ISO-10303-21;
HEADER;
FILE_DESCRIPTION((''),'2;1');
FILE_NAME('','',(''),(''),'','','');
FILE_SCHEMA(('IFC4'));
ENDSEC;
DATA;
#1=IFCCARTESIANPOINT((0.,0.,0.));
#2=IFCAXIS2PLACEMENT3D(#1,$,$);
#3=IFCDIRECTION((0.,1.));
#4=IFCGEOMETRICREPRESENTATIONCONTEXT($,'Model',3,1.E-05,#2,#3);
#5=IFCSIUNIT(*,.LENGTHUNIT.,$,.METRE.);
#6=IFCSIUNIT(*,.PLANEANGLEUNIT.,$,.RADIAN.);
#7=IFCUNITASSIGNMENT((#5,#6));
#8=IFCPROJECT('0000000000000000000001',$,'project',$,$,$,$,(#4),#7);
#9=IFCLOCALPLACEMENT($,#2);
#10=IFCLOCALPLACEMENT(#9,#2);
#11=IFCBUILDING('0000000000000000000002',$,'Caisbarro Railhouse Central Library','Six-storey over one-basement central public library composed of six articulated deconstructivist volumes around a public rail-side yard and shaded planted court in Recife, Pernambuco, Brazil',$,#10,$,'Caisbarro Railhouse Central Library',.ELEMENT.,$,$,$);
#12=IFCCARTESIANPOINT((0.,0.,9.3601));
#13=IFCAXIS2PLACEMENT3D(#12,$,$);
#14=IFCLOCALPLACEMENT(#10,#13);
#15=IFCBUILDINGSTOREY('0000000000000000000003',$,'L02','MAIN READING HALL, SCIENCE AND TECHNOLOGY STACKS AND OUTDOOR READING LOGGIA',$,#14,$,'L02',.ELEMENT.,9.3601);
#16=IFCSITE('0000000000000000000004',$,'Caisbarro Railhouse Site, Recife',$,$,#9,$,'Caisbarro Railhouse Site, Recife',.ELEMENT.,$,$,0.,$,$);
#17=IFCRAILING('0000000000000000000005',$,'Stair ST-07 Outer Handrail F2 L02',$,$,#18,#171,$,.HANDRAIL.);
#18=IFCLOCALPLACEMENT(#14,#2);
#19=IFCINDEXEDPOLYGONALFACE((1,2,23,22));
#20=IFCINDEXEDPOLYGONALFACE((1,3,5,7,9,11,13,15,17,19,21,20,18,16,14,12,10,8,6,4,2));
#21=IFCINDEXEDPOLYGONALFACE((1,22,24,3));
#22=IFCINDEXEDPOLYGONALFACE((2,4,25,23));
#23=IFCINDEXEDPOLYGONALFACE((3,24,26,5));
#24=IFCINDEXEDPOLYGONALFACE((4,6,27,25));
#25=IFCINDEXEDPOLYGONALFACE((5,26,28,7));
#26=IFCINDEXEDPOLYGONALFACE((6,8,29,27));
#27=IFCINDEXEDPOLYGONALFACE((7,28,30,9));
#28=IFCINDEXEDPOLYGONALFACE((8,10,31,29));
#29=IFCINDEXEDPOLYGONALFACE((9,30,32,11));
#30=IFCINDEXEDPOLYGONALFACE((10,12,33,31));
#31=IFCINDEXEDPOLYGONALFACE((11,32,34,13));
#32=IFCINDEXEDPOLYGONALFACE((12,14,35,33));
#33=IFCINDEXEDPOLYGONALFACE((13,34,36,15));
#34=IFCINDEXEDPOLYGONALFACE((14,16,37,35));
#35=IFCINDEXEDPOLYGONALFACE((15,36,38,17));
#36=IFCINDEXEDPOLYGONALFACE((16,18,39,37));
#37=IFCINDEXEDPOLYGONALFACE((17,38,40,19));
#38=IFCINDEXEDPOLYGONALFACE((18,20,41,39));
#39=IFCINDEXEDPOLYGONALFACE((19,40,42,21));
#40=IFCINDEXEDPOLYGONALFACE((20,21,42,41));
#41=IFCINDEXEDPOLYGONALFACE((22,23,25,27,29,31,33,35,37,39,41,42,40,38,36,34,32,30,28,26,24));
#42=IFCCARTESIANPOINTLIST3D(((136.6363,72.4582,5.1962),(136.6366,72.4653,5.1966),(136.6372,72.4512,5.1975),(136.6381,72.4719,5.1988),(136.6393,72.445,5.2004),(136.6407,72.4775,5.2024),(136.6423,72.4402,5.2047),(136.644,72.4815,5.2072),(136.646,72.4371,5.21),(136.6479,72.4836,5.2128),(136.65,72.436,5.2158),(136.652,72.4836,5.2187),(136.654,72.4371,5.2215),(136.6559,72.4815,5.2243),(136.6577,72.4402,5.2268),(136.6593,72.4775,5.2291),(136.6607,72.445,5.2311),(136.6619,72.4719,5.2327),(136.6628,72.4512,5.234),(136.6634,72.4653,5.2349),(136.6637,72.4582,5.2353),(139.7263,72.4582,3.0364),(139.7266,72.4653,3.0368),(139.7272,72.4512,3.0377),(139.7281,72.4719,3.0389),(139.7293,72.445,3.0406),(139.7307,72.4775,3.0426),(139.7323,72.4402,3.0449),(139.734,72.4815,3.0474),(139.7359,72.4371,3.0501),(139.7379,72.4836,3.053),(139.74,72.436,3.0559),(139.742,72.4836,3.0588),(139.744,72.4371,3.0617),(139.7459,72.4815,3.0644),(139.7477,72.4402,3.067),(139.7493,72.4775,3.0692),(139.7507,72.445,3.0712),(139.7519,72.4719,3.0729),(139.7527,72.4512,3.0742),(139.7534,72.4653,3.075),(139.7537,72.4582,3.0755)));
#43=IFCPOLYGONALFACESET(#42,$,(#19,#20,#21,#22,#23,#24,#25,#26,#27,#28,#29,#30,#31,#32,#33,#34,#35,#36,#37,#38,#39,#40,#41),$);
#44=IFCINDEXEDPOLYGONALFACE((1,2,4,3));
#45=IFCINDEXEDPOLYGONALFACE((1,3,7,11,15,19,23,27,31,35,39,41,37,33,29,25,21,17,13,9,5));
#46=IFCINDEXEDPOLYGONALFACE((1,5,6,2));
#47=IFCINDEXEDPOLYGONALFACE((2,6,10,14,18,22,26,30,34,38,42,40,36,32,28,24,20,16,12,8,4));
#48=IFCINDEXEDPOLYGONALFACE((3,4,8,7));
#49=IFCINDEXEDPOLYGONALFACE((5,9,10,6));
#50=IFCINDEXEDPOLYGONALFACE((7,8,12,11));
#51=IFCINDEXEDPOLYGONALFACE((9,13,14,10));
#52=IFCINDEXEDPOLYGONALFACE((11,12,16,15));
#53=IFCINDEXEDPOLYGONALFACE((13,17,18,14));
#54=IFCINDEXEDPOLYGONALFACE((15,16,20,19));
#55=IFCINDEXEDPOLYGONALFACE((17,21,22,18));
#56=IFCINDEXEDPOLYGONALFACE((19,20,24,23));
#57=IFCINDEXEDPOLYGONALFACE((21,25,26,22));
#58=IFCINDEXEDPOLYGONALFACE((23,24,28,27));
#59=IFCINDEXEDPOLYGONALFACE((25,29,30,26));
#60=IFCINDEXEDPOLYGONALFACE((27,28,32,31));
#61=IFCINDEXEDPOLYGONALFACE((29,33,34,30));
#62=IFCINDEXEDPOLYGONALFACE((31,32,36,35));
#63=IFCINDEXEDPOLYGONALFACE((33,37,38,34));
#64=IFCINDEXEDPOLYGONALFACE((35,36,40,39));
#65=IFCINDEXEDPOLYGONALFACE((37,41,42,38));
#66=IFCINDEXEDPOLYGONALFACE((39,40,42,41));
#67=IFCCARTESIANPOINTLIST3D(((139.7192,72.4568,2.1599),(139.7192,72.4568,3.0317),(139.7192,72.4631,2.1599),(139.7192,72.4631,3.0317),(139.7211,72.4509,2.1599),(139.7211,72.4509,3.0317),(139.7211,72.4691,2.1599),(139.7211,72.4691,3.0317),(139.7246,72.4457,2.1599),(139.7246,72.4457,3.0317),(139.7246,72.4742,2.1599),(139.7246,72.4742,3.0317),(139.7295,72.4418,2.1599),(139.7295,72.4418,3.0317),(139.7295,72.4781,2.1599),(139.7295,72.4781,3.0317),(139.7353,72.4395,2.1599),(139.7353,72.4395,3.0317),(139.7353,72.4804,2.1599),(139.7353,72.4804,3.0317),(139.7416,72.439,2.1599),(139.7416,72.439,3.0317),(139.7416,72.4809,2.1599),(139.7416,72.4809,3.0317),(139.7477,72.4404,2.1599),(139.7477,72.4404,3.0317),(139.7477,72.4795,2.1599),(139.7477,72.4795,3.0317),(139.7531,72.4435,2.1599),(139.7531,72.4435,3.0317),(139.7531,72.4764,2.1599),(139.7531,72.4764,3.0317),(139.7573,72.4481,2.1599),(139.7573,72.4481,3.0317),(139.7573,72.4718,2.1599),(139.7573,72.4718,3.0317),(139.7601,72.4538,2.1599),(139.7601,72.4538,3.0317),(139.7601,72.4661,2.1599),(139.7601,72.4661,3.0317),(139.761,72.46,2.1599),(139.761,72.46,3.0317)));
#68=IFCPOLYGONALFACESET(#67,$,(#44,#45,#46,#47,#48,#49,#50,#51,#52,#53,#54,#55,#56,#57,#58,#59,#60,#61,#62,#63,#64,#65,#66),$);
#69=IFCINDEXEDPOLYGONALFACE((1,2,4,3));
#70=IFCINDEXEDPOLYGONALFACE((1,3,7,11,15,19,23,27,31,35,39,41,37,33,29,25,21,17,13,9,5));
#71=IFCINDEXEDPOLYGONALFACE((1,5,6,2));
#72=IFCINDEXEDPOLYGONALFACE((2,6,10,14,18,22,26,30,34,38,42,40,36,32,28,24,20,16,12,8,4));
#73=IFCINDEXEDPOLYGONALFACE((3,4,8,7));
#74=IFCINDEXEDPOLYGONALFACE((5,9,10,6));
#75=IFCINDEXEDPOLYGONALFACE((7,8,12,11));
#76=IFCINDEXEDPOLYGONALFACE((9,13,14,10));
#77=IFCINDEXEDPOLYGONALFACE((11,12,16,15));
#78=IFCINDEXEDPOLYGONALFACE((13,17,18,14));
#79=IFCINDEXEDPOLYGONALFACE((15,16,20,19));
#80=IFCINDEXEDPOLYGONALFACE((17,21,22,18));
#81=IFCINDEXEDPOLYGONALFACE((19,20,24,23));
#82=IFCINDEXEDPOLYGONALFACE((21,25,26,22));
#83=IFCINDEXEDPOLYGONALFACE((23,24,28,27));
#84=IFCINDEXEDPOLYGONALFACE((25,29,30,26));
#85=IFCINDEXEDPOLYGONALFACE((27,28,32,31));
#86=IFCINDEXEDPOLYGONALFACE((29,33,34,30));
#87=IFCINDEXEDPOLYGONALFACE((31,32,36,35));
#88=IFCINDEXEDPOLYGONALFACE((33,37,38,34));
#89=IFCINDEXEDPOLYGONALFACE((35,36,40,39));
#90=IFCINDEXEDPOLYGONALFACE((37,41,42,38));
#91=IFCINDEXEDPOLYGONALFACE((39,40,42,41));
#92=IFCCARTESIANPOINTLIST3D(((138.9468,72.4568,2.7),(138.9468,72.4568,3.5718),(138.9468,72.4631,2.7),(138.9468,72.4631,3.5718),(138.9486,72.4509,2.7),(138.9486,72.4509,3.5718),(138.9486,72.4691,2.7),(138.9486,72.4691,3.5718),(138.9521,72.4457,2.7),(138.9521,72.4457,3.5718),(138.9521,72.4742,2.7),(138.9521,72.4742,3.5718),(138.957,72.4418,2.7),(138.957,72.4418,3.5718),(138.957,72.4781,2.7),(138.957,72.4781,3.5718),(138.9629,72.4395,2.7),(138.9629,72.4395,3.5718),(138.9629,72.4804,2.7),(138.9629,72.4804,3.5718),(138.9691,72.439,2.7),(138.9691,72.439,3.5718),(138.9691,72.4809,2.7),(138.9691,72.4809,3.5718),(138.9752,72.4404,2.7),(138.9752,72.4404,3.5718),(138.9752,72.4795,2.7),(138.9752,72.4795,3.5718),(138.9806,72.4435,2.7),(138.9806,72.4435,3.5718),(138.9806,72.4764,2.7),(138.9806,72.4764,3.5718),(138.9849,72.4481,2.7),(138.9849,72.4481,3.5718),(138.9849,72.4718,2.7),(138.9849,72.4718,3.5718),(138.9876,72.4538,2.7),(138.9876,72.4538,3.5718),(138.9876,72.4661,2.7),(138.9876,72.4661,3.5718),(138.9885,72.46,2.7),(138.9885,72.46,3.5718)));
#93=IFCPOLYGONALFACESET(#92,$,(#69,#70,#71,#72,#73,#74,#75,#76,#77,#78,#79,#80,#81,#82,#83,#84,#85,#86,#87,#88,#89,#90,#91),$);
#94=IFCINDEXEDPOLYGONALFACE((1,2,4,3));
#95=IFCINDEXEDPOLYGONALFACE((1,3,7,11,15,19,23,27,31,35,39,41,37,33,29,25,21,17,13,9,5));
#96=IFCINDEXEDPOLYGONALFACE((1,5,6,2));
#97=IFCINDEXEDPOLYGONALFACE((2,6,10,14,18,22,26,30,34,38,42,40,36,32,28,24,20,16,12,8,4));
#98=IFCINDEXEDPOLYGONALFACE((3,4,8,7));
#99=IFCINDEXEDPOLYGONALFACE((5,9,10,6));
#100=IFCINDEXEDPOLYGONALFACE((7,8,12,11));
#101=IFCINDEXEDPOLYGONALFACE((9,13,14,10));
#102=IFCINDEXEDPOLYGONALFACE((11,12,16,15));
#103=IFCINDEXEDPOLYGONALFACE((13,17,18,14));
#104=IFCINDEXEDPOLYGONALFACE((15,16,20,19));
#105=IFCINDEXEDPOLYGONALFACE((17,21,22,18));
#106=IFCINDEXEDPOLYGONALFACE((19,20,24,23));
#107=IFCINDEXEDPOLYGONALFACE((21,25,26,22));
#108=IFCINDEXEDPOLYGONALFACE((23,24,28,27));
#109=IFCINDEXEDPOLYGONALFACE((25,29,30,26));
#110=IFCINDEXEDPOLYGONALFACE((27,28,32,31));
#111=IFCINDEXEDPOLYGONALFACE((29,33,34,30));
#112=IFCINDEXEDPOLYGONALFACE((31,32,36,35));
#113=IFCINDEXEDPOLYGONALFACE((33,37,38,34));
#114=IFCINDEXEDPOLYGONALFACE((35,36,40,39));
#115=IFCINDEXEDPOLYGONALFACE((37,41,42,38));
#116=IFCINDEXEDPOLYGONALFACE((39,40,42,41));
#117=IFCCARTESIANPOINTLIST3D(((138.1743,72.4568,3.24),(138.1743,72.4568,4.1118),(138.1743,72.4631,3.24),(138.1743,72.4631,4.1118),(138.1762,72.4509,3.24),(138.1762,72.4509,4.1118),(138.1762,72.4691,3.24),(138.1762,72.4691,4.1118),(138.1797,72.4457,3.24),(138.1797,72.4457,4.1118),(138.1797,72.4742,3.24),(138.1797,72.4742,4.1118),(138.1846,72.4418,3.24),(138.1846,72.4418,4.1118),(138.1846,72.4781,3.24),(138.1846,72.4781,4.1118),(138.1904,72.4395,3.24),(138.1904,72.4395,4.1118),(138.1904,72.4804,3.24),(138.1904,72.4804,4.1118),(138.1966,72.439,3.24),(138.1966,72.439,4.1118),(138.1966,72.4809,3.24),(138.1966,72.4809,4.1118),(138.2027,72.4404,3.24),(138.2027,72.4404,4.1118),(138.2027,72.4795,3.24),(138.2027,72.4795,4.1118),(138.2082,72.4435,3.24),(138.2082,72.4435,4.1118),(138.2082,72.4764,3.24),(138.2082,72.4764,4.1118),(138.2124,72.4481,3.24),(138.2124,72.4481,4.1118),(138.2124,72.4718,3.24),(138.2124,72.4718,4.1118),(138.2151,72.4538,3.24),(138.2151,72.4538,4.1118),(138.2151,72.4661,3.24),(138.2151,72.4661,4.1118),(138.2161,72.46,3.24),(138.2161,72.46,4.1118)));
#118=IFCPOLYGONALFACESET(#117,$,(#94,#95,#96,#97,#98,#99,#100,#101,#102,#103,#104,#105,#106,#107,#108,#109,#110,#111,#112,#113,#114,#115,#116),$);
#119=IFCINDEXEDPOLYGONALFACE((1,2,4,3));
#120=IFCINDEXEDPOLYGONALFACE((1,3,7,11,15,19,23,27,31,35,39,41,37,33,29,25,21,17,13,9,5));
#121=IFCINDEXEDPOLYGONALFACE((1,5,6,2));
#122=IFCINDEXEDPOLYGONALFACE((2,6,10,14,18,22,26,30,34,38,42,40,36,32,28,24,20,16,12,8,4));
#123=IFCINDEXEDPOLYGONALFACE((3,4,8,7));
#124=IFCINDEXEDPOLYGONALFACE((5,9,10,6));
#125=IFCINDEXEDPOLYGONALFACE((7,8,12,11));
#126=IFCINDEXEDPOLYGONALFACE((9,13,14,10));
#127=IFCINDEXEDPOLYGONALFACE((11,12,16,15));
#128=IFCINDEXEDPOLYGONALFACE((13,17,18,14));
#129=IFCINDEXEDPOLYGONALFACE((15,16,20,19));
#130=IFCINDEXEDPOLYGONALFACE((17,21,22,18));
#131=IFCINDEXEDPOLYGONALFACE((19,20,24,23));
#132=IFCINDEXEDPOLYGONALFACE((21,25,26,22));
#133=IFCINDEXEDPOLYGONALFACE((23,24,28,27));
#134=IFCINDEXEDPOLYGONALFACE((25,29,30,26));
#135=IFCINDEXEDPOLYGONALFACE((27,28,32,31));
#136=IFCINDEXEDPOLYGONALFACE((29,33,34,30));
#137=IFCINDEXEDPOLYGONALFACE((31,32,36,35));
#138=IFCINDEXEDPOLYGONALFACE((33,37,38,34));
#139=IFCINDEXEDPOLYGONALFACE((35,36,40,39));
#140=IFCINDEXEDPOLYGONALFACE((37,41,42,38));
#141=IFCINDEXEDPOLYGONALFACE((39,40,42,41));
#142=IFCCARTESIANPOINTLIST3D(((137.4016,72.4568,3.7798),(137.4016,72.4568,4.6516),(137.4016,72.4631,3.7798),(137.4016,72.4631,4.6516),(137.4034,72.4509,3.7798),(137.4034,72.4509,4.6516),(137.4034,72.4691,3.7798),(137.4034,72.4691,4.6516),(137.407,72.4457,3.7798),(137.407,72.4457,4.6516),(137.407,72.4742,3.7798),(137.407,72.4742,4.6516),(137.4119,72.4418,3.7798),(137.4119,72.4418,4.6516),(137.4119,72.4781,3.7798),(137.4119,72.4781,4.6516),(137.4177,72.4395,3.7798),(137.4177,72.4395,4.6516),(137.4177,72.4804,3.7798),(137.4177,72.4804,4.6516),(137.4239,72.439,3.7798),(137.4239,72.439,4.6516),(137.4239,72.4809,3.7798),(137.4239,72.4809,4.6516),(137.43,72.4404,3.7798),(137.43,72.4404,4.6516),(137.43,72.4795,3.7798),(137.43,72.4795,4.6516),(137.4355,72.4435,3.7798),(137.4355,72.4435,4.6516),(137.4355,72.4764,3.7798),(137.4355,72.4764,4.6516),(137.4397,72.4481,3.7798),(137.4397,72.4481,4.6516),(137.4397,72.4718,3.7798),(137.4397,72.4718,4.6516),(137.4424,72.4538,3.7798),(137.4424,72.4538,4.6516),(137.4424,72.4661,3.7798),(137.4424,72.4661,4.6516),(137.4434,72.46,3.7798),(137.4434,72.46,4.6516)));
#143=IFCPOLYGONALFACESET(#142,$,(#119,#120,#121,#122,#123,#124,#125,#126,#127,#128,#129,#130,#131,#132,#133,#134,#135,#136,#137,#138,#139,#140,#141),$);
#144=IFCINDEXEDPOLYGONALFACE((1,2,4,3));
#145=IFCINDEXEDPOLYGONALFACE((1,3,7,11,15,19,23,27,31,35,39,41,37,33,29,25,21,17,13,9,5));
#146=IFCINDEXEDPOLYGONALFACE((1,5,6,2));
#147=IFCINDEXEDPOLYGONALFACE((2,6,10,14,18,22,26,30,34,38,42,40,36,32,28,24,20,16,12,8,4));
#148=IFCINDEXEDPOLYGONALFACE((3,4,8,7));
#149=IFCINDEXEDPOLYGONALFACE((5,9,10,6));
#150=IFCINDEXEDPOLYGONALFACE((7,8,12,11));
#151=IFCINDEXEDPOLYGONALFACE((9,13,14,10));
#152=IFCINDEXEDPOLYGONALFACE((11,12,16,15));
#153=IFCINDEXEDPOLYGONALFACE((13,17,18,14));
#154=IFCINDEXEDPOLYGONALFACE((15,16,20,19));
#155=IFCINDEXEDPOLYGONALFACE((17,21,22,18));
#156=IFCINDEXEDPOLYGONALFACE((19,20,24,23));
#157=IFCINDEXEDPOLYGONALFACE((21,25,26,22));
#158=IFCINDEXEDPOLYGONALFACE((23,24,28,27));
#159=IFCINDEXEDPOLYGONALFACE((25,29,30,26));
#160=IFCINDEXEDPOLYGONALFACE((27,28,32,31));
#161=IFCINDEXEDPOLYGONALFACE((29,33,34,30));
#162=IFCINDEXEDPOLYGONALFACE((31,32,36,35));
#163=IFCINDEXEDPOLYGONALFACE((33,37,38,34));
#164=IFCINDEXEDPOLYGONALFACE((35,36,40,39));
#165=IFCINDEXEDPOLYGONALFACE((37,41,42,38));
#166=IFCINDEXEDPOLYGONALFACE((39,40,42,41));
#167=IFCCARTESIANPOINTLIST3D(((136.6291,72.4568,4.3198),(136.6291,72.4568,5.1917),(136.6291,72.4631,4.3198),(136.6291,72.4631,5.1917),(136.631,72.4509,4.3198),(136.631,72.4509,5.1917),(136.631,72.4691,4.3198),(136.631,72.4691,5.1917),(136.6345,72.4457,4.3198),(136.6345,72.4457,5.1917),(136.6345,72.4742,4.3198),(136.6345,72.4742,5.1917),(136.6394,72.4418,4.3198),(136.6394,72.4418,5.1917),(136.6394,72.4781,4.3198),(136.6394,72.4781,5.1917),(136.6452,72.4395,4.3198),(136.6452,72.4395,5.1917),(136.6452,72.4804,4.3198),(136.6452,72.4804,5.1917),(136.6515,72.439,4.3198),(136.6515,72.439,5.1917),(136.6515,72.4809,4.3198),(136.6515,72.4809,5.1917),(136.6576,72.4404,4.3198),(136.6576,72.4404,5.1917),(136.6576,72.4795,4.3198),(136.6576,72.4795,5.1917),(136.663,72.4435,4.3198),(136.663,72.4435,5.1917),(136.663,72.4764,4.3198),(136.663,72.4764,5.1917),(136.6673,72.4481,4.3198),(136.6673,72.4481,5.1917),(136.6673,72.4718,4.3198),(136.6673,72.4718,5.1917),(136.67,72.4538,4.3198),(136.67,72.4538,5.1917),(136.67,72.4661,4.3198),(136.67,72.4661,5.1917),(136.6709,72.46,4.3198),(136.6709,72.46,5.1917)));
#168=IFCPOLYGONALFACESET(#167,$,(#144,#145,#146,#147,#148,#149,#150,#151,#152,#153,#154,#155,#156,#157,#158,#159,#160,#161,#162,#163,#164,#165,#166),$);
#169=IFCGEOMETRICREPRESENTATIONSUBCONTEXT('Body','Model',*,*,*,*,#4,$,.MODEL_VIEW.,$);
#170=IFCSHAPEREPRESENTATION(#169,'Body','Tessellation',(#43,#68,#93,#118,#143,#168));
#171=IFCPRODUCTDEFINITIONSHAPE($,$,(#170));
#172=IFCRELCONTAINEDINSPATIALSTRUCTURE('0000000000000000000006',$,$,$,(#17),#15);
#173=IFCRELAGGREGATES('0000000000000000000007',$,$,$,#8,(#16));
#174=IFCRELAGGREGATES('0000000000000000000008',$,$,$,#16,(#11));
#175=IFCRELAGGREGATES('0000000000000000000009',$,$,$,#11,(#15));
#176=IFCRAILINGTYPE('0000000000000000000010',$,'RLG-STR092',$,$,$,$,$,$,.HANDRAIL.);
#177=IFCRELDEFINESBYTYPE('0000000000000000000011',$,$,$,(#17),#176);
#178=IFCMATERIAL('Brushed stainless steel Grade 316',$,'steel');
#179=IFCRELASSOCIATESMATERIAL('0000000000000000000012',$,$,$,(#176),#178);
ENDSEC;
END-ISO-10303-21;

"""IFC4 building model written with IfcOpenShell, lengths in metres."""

from ifc_helpers import new_model, si_unit, direction, frame, origin, origin_2d, place, context, subcontext, project, spatial, circle, extrude, material, type_object, element, save


model = new_model("IFC4")

# Units and contexts
model_context = context("Model", 3, precision=1e-05, world=origin(), true_north=direction((0.0, 1.0)))
body_context = subcontext(model_context, "Body", "Model", "MODEL_VIEW")
ifc_project = project(units=[si_unit("LENGTHUNIT", "METRE"), si_unit("PLANEANGLEUNIT", "RADIAN")], contexts=[model_context])

# Site, building, storey
site_placement = place(None, origin())
site = spatial("IfcSite", under=ifc_project, at=site_placement, Name="Caisbarro Railhouse Site, Recife", LongName="Caisbarro Railhouse Site, Recife", CompositionType="ELEMENT", RefElevation=0.0)
building_placement = place(site_placement, origin())
building = spatial("IfcBuilding", under=site, at=building_placement, Name="Caisbarro Railhouse Central Library", Description="Six-storey over one-basement central public library composed of six articulated deconstructivist volumes around a public rail-side yard and shaded planted court in Recife, Pernambuco, Brazil", LongName="Caisbarro Railhouse Central Library", CompositionType="ELEMENT")
storey_placement = place(building_placement, frame((0.0, 0.0, 9.3601)))
storey = spatial("IfcBuildingStorey", under=building, at=storey_placement, Name="L02", Description="MAIN READING HALL, SCIENCE AND TECHNOLOGY STACKS AND OUTDOOR READING LOGGIA", LongName="L02", CompositionType="ELEMENT", Elevation=9.3601)

# Railing
ifc_material_1 = material(Name="Brushed stainless steel Grade 316", Category="steel")
railing_type_1 = type_object("IfcRailingType", Name="RLG-STR092", PredefinedType="HANDRAIL", material=ifc_material_1)
railing_1_placement = place(storey_placement, frame((139.74, 72.46, 2.1599)))
element("IfcRailing", 1, at=railing_1_placement, inside=storey, type_object=railing_type_1, Name="Stair ST-07 Outer Handrail F2 L02", PredefinedType="HANDRAIL", context=body_context, shape_type="SweptSolid", body=[
    extrude(circle(Radius=0.0239, at=origin_2d()), frame((0.0, 0.0, 0.896), z_axis=(-0.819624, 0.0, 0.572902), x_axis=(0.0, -1.0, 0.0)), (0.0, 0.0, 1.0), 3.77),
    extrude(circle(Radius=0.021, at=origin_2d()), origin(), (0.0, 0.0, 1.0), 0.8718),
    extrude(circle(Radius=0.021, at=origin_2d()), frame((-0.7725, 0.0, 0.54)), (0.0, 0.0, 1.0), 0.8718),
    extrude(circle(Radius=0.021, at=origin_2d()), frame((-1.5449, 0.0, 1.0801)), (0.0, 0.0, 1.0), 0.8718),
    extrude(circle(Radius=0.021, at=origin_2d()), frame((-2.3176, 0.0, 1.6199)), (0.0, 0.0, 1.0), 0.8718),
    extrude(circle(Radius=0.021, at=origin_2d()), frame((-3.0901, 0.0, 2.1599)), (0.0, 0.0, 1.0), 0.8718),
])

save(model, "model.ifc")
